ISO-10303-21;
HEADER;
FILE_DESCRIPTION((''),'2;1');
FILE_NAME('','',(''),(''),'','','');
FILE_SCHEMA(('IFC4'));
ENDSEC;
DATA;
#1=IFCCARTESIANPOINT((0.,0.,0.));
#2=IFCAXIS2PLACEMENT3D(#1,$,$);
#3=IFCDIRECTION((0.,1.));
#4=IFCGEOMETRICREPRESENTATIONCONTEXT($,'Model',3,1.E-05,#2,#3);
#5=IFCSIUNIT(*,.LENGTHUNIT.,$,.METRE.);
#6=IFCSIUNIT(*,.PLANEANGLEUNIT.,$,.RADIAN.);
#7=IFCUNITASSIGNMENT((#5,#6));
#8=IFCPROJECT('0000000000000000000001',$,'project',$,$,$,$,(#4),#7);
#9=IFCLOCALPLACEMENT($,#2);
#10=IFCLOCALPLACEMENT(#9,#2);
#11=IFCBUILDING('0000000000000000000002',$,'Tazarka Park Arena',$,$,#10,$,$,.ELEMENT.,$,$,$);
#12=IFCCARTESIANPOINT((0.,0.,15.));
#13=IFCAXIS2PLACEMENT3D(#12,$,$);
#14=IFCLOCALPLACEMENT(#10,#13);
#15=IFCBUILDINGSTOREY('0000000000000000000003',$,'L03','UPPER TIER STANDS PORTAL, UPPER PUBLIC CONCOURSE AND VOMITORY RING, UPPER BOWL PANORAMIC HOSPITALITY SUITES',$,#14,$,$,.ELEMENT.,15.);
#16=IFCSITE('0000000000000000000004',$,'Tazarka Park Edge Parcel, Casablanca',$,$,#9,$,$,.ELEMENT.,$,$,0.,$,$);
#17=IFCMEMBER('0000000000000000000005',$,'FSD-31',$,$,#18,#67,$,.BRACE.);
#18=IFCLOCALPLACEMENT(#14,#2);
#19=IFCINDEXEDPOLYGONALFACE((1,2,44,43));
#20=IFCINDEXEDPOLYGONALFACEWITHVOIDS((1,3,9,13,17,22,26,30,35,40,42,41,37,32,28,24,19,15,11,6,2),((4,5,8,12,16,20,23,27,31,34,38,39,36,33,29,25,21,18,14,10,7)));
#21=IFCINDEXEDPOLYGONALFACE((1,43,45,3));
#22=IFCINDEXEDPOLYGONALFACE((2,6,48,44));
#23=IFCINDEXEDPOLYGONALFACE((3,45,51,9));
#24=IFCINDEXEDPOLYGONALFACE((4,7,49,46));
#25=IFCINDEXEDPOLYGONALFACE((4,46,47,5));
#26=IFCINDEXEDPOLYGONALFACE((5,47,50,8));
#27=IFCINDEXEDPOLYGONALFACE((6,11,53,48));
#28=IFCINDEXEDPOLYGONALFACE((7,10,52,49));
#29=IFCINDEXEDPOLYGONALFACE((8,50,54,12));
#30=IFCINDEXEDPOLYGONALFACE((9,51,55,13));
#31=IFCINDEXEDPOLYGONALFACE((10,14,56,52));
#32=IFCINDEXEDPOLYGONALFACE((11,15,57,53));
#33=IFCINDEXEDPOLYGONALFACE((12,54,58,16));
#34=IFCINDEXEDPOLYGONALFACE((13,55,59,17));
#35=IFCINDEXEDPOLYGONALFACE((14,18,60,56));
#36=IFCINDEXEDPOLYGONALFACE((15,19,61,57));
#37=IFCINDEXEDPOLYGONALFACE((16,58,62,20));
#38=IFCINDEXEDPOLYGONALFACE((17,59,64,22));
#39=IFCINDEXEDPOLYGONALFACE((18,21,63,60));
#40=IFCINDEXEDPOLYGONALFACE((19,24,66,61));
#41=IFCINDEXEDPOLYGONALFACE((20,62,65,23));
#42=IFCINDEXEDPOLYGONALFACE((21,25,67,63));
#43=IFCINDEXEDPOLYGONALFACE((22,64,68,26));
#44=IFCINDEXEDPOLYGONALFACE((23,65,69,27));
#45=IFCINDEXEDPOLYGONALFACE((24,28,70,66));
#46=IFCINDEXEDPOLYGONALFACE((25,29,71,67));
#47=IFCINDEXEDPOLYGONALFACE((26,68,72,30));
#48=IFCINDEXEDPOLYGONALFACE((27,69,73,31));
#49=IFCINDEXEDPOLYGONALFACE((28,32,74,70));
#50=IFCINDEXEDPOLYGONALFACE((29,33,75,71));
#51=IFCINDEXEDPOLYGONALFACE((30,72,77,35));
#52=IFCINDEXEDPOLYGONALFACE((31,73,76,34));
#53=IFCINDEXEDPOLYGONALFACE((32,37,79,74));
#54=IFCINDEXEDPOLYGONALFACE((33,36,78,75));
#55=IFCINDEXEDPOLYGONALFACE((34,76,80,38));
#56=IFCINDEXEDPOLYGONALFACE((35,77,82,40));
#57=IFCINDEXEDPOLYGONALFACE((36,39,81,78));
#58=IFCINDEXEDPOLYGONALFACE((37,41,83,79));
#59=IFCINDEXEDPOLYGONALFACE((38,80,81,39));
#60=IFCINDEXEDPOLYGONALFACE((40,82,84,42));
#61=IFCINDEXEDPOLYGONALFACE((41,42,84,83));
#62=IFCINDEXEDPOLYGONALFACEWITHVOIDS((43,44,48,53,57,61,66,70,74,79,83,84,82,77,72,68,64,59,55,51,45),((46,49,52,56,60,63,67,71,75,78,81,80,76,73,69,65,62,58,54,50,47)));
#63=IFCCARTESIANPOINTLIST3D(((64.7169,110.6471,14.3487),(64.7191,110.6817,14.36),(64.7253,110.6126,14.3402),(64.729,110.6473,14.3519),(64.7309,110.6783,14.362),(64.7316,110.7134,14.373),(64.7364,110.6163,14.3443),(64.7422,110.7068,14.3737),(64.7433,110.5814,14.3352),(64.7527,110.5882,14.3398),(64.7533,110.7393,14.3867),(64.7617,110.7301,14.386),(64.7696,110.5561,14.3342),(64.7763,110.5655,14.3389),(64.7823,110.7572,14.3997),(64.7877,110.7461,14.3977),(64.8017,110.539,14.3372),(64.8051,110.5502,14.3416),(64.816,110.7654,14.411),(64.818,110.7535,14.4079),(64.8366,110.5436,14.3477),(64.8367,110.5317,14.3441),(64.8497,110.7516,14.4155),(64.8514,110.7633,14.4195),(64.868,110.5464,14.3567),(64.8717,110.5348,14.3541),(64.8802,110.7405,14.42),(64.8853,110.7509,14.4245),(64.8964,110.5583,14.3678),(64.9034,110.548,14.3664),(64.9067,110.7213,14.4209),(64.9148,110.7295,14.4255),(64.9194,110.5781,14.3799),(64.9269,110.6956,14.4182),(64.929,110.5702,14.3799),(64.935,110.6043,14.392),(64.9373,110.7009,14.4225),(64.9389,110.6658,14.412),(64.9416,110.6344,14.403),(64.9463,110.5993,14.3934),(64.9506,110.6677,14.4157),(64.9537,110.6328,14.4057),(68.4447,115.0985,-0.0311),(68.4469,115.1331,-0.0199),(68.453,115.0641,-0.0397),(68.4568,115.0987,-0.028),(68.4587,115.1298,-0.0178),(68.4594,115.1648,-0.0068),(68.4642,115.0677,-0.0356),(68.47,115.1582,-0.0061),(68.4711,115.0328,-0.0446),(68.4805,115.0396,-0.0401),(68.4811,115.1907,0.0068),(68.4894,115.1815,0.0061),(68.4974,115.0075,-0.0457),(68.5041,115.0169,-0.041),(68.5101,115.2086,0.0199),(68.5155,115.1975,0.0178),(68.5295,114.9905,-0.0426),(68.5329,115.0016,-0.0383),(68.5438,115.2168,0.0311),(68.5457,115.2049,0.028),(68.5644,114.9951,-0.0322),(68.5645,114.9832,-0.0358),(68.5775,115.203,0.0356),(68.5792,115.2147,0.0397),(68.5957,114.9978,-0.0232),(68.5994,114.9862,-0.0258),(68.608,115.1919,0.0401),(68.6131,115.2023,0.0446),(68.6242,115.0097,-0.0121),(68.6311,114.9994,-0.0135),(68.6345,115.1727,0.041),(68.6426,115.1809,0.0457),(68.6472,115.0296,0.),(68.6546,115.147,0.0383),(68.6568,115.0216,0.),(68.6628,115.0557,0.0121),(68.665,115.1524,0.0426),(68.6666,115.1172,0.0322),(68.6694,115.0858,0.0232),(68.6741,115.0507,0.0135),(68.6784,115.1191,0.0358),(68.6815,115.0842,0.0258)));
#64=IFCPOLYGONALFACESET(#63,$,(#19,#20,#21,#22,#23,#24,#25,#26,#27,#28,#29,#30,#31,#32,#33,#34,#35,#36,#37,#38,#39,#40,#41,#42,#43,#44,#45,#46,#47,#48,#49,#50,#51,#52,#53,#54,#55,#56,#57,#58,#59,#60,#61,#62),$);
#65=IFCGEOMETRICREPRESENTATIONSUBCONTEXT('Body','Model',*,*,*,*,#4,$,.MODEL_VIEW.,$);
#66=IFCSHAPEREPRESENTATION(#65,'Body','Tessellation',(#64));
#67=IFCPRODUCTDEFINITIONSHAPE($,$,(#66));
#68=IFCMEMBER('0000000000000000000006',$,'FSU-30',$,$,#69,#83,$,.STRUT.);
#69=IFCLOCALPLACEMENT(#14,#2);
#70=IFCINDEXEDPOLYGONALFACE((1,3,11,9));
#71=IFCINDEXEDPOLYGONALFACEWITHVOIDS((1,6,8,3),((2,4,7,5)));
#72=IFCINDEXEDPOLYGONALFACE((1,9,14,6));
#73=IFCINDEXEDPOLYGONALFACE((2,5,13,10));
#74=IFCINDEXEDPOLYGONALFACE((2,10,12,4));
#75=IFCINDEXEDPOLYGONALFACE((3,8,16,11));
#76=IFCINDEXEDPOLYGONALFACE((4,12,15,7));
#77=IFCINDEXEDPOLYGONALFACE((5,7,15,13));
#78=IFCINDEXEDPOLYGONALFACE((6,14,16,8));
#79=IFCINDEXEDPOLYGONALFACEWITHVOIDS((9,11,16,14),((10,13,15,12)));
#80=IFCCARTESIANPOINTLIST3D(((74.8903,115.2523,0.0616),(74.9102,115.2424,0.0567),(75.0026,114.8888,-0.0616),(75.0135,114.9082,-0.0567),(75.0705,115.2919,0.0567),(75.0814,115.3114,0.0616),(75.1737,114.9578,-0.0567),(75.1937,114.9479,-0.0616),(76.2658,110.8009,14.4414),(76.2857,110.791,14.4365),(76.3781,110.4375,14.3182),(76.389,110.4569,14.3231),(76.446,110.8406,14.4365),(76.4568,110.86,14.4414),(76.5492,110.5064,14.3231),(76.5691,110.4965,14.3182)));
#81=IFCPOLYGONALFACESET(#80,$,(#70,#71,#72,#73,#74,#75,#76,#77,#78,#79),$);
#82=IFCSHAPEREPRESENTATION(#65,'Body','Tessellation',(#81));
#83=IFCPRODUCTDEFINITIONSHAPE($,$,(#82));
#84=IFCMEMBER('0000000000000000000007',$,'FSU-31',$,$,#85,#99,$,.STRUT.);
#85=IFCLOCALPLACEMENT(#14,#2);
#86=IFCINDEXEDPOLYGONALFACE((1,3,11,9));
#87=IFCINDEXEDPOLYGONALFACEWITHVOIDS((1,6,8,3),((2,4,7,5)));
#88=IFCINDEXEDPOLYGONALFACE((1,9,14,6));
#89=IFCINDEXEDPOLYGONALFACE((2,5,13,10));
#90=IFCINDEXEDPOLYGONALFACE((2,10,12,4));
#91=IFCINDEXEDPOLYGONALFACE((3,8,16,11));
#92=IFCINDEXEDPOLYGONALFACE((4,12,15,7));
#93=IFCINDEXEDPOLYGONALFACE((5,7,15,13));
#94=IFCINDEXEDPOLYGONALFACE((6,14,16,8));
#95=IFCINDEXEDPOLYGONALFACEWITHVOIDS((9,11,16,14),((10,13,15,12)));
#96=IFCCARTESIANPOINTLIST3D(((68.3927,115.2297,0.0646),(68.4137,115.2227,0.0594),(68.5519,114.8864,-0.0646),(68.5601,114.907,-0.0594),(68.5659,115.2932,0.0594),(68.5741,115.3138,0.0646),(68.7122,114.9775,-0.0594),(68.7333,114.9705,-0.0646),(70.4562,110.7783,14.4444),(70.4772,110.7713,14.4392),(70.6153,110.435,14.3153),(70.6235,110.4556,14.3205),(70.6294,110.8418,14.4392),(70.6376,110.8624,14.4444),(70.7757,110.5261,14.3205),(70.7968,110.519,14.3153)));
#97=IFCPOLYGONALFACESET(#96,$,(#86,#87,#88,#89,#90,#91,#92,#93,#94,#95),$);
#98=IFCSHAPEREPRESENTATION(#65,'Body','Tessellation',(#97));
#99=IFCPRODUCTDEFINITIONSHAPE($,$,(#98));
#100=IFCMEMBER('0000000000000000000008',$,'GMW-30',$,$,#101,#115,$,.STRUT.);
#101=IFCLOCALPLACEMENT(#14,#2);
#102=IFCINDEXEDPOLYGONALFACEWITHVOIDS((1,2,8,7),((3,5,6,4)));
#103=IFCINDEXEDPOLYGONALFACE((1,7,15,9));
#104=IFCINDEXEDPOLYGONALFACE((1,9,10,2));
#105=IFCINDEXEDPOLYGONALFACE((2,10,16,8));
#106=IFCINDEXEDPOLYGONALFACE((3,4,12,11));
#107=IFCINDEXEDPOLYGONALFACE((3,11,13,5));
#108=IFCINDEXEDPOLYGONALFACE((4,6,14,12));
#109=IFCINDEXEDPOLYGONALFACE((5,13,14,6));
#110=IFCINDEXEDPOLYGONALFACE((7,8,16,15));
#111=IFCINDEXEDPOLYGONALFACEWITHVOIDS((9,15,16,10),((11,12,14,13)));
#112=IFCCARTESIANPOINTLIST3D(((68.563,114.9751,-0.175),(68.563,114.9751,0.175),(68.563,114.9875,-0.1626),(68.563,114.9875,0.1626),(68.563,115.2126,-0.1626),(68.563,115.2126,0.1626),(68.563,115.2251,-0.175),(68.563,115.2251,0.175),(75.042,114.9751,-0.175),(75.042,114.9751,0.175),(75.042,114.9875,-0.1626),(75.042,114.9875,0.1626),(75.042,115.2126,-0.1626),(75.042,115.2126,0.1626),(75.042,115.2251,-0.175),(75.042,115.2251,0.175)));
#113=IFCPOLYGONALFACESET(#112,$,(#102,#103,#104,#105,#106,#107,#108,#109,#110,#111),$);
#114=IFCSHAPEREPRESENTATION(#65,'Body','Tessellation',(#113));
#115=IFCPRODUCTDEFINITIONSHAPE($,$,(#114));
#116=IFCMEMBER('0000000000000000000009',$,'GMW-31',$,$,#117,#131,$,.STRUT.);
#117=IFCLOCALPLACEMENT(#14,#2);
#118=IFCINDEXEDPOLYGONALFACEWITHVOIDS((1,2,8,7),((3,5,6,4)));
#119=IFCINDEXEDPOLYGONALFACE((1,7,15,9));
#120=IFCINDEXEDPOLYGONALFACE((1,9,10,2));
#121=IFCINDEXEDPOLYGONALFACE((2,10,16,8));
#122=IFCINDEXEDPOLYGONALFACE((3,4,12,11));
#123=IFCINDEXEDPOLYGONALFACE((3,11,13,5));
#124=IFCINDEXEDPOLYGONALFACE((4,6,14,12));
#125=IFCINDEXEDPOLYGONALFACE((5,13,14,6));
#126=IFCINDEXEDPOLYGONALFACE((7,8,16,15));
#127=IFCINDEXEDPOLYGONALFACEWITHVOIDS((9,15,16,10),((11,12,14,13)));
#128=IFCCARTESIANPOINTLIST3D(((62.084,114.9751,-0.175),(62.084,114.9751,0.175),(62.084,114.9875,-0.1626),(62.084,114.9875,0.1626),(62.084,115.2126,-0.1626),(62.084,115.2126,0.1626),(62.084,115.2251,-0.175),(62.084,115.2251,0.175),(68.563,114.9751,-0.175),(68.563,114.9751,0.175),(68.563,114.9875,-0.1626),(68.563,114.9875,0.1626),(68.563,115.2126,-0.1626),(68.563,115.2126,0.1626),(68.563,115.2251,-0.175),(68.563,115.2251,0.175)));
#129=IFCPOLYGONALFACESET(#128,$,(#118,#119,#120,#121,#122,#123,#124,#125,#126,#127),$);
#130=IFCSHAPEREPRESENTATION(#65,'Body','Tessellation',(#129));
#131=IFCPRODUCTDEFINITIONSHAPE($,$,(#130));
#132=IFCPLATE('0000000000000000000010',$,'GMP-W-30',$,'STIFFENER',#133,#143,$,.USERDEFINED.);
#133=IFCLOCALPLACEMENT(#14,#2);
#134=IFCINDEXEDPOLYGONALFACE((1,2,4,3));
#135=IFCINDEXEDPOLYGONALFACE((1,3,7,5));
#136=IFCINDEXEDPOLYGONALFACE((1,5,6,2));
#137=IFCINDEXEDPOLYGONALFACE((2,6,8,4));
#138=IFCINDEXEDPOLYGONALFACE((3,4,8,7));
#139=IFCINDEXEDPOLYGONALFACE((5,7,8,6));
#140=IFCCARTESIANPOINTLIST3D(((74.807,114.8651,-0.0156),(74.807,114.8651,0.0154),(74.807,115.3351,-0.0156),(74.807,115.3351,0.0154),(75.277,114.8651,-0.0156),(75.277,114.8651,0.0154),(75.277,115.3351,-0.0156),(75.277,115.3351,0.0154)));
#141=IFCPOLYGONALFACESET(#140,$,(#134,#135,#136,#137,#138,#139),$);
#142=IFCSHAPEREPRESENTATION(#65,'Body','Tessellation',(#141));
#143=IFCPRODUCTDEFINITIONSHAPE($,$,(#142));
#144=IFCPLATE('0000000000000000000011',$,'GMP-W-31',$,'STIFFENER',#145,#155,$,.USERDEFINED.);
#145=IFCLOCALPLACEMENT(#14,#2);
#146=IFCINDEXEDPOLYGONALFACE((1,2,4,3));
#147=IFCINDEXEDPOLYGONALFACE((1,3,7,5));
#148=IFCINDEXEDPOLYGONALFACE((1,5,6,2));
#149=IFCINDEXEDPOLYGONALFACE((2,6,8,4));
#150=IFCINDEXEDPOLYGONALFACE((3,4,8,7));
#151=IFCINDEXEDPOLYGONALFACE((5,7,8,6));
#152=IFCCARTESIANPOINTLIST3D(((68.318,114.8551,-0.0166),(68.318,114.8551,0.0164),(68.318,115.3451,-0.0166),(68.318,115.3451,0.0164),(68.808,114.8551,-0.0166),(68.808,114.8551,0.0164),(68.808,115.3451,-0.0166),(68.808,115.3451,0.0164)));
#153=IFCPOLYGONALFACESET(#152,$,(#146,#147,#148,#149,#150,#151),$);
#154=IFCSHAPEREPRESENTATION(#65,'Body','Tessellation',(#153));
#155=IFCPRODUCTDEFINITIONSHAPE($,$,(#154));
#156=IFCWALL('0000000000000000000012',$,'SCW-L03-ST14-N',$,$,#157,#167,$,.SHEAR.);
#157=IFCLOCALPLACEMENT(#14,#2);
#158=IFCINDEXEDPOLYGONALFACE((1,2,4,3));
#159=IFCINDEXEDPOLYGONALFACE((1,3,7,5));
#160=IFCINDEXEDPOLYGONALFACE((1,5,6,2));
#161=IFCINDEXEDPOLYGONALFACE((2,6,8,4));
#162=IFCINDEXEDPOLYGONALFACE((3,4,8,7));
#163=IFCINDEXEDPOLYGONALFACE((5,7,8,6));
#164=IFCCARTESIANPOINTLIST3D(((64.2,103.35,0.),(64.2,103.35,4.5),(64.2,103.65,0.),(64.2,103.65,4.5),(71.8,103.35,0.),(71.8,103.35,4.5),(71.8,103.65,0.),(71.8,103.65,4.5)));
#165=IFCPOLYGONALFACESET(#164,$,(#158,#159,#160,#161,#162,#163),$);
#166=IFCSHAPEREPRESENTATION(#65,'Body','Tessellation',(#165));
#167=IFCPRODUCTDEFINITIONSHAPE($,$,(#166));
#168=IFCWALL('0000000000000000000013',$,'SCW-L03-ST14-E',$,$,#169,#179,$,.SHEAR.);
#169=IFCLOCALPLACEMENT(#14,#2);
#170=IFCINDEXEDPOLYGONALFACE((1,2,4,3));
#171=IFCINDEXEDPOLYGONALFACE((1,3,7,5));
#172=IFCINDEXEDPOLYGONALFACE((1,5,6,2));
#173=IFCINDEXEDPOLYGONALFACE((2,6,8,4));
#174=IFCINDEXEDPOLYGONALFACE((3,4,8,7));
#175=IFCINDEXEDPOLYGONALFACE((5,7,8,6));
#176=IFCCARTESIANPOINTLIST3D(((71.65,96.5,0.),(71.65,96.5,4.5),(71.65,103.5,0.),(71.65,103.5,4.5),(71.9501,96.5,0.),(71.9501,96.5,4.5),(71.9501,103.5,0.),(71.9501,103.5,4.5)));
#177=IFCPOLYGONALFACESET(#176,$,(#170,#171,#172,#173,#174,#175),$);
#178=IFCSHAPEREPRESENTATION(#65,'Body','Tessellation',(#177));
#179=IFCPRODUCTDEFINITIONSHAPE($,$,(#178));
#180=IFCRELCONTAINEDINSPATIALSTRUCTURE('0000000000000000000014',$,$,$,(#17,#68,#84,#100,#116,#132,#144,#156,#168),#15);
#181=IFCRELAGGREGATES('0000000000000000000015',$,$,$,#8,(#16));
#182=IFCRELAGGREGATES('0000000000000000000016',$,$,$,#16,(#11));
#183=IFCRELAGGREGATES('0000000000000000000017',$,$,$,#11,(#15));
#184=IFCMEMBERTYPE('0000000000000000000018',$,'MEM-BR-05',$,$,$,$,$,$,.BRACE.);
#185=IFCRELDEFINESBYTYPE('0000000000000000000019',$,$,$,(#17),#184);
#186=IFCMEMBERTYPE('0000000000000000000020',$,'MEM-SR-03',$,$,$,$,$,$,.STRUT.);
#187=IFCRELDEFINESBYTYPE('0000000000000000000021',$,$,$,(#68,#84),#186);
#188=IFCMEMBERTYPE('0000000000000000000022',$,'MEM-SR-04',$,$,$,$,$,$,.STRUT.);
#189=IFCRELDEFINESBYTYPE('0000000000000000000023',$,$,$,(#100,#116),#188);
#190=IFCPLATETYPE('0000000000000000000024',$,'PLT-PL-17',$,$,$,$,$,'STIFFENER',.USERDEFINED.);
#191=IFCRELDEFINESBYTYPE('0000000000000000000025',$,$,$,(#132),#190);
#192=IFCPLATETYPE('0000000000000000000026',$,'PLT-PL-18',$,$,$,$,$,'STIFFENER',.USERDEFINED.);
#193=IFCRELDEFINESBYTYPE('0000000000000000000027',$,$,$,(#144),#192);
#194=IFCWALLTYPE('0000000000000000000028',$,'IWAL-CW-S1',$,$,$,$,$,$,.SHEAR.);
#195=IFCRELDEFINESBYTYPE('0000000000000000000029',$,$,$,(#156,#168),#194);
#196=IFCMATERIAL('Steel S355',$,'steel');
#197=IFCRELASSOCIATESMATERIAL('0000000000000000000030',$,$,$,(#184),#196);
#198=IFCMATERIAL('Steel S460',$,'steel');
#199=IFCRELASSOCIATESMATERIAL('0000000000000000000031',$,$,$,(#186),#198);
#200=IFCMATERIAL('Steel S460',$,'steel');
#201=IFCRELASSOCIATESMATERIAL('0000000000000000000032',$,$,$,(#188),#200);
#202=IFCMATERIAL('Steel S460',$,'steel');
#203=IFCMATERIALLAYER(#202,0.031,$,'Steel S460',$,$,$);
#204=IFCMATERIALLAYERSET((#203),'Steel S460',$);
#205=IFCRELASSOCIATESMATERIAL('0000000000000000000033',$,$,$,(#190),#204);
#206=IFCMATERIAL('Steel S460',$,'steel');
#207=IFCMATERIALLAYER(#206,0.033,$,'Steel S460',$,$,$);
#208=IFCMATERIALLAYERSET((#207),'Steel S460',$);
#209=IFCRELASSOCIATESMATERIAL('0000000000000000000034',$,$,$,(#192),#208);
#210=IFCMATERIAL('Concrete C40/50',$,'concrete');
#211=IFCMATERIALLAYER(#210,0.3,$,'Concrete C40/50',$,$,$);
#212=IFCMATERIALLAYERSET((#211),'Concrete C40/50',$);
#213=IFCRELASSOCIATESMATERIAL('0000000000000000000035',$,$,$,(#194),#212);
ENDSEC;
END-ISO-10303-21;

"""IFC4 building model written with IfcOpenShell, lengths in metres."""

from ifc_helpers import new_model, si_unit, direction, frame, frame_2d, origin, origin_2d, place, context, subcontext, project, spatial, rectangle, hollow_rectangle, hollow_circle, extrude, material, layer, layer_set, material_profile, profile_set, type_object, element, save


model = new_model("IFC4")

# Units and contexts
model_context = context("Model", 3, precision=1e-05, world=origin(), true_north=direction((0.0, 1.0)))
body_context = subcontext(model_context, "Body", "Model", "MODEL_VIEW")
ifc_project = project(units=[si_unit("LENGTHUNIT", "METRE"), si_unit("PLANEANGLEUNIT", "RADIAN")], contexts=[model_context])

# Site, building, storey
site_placement = place(None, origin())
site = spatial("IfcSite", under=ifc_project, at=site_placement, Name="Tazarka Park Edge Parcel, Casablanca", CompositionType="ELEMENT", RefElevation=0.0)
building_placement = place(site_placement, origin())
building = spatial("IfcBuilding", under=site, at=building_placement, Name="Tazarka Park Arena", CompositionType="ELEMENT")
storey_placement = place(building_placement, frame((0.0, 0.0, 15.0)))
storey = spatial("IfcBuildingStorey", under=building, at=storey_placement, Name="L03", Description="UPPER TIER STANDS PORTAL, UPPER PUBLIC CONCOURSE AND VOMITORY RING, UPPER BOWL PANORAMIC HOSPITALITY SUITES", CompositionType="ELEMENT", Elevation=15.0)

# Members
ifc_material_1 = material(Name="Steel S355", Category="steel")
ifc_material_profile_1 = material_profile(ifc_material_1, hollow_circle(Radius=0.1223, WallThickness=0.0125, at=origin_2d()), Name="Steel S355")
ifc_profile_set_1 = profile_set([ifc_material_profile_1], Name="Steel S355")
member_type_1 = type_object("IfcMemberType", Name="MEM-BR-05", PredefinedType="BRACE", material=ifc_profile_set_1)
member_1_placement = place(storey_placement, frame((68.563, 115.1001, 0.0), z_axis=(-0.240381, -0.287043, 0.927267), x_axis=(0.766672, -0.64204, 0.0)))
element("IfcMember", 1, at=member_1_placement, inside=storey, type_object=member_type_1, Name="FSD-31", PredefinedType="BRACE", context=body_context, shape_type="SweptSolid", body=[
    extrude(hollow_circle(Radius=0.1223, WallThickness=0.0125, at=origin_2d()), origin(), (0.0, 0.0, 1.0), 15.5078),
])
ifc_material_2 = material(Name="Steel S460", Category="steel")
ifc_material_profile_2 = material_profile(ifc_material_2, hollow_rectangle(XDim=0.2, YDim=0.3999, WallThickness=0.0161, at=origin_2d()), Name="Steel S460")
ifc_profile_set_2 = profile_set([ifc_material_profile_2], Name="Steel S460")
member_type_2 = type_object("IfcMemberType", Name="MEM-SR-03", PredefinedType="STRUT", material=ifc_profile_set_2)
member_2_placement = place(storey_placement, frame((75.042, 115.1001, 0.0), z_axis=(0.090997, -0.294487, 0.951313), x_axis=(0.955427, 0.295227, 0.0)))
element("IfcMember", 2, at=member_2_placement, inside=storey, type_object=member_type_2, Name="FSU-30", PredefinedType="STRUT", context=body_context, shape_type="SweptSolid", body=[
    extrude(hollow_rectangle(XDim=0.2, YDim=0.3999, WallThickness=0.0161, at=origin_2d()), origin(), (0.0, 0.0, 1.0), 15.1157),
])
member_3_placement = place(storey_placement, frame((68.563, 115.1001, 0.0), z_axis=(0.13581, -0.292974, 0.946426), x_axis=(0.907262, 0.420566, 0.0)))
element("IfcMember", 3, at=member_3_placement, inside=storey, type_object=member_type_2, Name="FSU-31", PredefinedType="STRUT", context=body_context, shape_type="SweptSolid", body=[
    extrude(hollow_rectangle(XDim=0.2, YDim=0.3999, WallThickness=0.0161, at=origin_2d()), origin(), (0.0, 0.0, 1.0), 15.1938),
])
ifc_material_3 = material(Name="Steel S460", Category="steel")
ifc_material_profile_3 = material_profile(ifc_material_3, hollow_rectangle(XDim=0.25, YDim=0.3501, WallThickness=0.0125, at=origin_2d()), Name="Steel S460")
ifc_profile_set_3 = profile_set([ifc_material_profile_3], Name="Steel S460")
member_type_3 = type_object("IfcMemberType", Name="MEM-SR-04", PredefinedType="STRUT", material=ifc_profile_set_3)
for number, where, z_axis, x_axis, name in (
    (4, (75.042, 115.1001, 0.0), (-1.0, 0.0, 0.0), (0.0, -1.0, 0.0), "GMW-30"),
    (5, (68.563, 115.1001, 0.0), (-1.0, 0.0, 0.0), (0.0, -1.0, 0.0), "GMW-31"),
):
    element("IfcMember", number, at=place(storey_placement, frame(where, z_axis=z_axis, x_axis=x_axis)), inside=storey, type_object=member_type_3, Name=name, PredefinedType="STRUT", context=body_context, shape_type="SweptSolid", body=[
        extrude(hollow_rectangle(XDim=0.25, YDim=0.3501, WallThickness=0.0125, at=origin_2d()), origin(), (0.0, 0.0, 1.0), 6.479),
    ])

# Plates
ifc_material_4 = material(Name="Steel S460", Category="steel")
ifc_layer_1 = layer(ifc_material_4, 0.031, Name="Steel S460")
ifc_layer_set_1 = layer_set([ifc_layer_1], Name="Steel S460")
plate_type_1 = type_object("IfcPlateType", Name="PLT-PL-17", ElementType="STIFFENER", PredefinedType="USERDEFINED", material=ifc_layer_set_1)
plate_1_placement = place(storey_placement, frame((75.042, 115.1001, -0.0156), z_axis=(0.0, 0.0, 1.0), x_axis=(1.0, 0.0, 0.0)))
element("IfcPlate", 6, at=plate_1_placement, inside=storey, type_object=plate_type_1, Name="GMP-W-30", ObjectType="STIFFENER", PredefinedType="USERDEFINED", context=body_context, shape_type="SweptSolid", body=[
    extrude(rectangle(XDim=0.47, YDim=0.47, at=origin_2d()), origin(), (0.0, 0.0, 1.0), 0.031),
])
ifc_material_5 = material(Name="Steel S460", Category="steel")
ifc_layer_2 = layer(ifc_material_5, 0.033, Name="Steel S460")
ifc_layer_set_2 = layer_set([ifc_layer_2], Name="Steel S460")
plate_type_2 = type_object("IfcPlateType", Name="PLT-PL-18", ElementType="STIFFENER", PredefinedType="USERDEFINED", material=ifc_layer_set_2)
plate_2_placement = place(storey_placement, frame((68.563, 115.1001, -0.0166), z_axis=(0.0, 0.0, 1.0), x_axis=(1.0, 0.0, 0.0)))
element("IfcPlate", 7, at=plate_2_placement, inside=storey, type_object=plate_type_2, Name="GMP-W-31", ObjectType="STIFFENER", PredefinedType="USERDEFINED", context=body_context, shape_type="SweptSolid", body=[
    extrude(rectangle(XDim=0.49, YDim=0.49, at=origin_2d()), origin(), (0.0, 0.0, 1.0), 0.033),
])

# Walls
ifc_material_6 = material(Name="Concrete C40/50", Category="concrete")
ifc_layer_3 = layer(ifc_material_6, 0.3, Name="Concrete C40/50")
ifc_layer_set_3 = layer_set([ifc_layer_3], Name="Concrete C40/50")
wall_type_1 = type_object("IfcWallType", Name="IWAL-CW-S1", PredefinedType="SHEAR", material=ifc_layer_set_3)
wall_1_placement = place(storey_placement, frame((64.2, 103.5, 0.0), z_axis=(0.0, 0.0, 1.0), x_axis=(1.0, 0.0, 0.0)))
element("IfcWall", 8, at=wall_1_placement, inside=storey, type_object=wall_type_1, Name="SCW-L03-ST14-N", PredefinedType="SHEAR", context=body_context, shape_type="SweptSolid", body=[
    extrude(rectangle(XDim=7.6001, YDim=0.3, at=frame_2d((3.8, 0.0))), origin(), (0.0, 0.0, 1.0), 4.5),
])
wall_2_placement = place(storey_placement, frame((71.8, 103.5, 0.0), z_axis=(0.0, 0.0, 1.0), x_axis=(0.0, -1.0, 0.0)))
element("IfcWall", 9, at=wall_2_placement, inside=storey, type_object=wall_type_1, Name="SCW-L03-ST14-E", PredefinedType="SHEAR", context=body_context, shape_type="SweptSolid", body=[
    extrude(rectangle(XDim=7.0, YDim=0.3, at=frame_2d((3.5, 0.0))), origin(), (0.0, 0.0, 1.0), 4.5),
])

save(model, "model.ifc")
